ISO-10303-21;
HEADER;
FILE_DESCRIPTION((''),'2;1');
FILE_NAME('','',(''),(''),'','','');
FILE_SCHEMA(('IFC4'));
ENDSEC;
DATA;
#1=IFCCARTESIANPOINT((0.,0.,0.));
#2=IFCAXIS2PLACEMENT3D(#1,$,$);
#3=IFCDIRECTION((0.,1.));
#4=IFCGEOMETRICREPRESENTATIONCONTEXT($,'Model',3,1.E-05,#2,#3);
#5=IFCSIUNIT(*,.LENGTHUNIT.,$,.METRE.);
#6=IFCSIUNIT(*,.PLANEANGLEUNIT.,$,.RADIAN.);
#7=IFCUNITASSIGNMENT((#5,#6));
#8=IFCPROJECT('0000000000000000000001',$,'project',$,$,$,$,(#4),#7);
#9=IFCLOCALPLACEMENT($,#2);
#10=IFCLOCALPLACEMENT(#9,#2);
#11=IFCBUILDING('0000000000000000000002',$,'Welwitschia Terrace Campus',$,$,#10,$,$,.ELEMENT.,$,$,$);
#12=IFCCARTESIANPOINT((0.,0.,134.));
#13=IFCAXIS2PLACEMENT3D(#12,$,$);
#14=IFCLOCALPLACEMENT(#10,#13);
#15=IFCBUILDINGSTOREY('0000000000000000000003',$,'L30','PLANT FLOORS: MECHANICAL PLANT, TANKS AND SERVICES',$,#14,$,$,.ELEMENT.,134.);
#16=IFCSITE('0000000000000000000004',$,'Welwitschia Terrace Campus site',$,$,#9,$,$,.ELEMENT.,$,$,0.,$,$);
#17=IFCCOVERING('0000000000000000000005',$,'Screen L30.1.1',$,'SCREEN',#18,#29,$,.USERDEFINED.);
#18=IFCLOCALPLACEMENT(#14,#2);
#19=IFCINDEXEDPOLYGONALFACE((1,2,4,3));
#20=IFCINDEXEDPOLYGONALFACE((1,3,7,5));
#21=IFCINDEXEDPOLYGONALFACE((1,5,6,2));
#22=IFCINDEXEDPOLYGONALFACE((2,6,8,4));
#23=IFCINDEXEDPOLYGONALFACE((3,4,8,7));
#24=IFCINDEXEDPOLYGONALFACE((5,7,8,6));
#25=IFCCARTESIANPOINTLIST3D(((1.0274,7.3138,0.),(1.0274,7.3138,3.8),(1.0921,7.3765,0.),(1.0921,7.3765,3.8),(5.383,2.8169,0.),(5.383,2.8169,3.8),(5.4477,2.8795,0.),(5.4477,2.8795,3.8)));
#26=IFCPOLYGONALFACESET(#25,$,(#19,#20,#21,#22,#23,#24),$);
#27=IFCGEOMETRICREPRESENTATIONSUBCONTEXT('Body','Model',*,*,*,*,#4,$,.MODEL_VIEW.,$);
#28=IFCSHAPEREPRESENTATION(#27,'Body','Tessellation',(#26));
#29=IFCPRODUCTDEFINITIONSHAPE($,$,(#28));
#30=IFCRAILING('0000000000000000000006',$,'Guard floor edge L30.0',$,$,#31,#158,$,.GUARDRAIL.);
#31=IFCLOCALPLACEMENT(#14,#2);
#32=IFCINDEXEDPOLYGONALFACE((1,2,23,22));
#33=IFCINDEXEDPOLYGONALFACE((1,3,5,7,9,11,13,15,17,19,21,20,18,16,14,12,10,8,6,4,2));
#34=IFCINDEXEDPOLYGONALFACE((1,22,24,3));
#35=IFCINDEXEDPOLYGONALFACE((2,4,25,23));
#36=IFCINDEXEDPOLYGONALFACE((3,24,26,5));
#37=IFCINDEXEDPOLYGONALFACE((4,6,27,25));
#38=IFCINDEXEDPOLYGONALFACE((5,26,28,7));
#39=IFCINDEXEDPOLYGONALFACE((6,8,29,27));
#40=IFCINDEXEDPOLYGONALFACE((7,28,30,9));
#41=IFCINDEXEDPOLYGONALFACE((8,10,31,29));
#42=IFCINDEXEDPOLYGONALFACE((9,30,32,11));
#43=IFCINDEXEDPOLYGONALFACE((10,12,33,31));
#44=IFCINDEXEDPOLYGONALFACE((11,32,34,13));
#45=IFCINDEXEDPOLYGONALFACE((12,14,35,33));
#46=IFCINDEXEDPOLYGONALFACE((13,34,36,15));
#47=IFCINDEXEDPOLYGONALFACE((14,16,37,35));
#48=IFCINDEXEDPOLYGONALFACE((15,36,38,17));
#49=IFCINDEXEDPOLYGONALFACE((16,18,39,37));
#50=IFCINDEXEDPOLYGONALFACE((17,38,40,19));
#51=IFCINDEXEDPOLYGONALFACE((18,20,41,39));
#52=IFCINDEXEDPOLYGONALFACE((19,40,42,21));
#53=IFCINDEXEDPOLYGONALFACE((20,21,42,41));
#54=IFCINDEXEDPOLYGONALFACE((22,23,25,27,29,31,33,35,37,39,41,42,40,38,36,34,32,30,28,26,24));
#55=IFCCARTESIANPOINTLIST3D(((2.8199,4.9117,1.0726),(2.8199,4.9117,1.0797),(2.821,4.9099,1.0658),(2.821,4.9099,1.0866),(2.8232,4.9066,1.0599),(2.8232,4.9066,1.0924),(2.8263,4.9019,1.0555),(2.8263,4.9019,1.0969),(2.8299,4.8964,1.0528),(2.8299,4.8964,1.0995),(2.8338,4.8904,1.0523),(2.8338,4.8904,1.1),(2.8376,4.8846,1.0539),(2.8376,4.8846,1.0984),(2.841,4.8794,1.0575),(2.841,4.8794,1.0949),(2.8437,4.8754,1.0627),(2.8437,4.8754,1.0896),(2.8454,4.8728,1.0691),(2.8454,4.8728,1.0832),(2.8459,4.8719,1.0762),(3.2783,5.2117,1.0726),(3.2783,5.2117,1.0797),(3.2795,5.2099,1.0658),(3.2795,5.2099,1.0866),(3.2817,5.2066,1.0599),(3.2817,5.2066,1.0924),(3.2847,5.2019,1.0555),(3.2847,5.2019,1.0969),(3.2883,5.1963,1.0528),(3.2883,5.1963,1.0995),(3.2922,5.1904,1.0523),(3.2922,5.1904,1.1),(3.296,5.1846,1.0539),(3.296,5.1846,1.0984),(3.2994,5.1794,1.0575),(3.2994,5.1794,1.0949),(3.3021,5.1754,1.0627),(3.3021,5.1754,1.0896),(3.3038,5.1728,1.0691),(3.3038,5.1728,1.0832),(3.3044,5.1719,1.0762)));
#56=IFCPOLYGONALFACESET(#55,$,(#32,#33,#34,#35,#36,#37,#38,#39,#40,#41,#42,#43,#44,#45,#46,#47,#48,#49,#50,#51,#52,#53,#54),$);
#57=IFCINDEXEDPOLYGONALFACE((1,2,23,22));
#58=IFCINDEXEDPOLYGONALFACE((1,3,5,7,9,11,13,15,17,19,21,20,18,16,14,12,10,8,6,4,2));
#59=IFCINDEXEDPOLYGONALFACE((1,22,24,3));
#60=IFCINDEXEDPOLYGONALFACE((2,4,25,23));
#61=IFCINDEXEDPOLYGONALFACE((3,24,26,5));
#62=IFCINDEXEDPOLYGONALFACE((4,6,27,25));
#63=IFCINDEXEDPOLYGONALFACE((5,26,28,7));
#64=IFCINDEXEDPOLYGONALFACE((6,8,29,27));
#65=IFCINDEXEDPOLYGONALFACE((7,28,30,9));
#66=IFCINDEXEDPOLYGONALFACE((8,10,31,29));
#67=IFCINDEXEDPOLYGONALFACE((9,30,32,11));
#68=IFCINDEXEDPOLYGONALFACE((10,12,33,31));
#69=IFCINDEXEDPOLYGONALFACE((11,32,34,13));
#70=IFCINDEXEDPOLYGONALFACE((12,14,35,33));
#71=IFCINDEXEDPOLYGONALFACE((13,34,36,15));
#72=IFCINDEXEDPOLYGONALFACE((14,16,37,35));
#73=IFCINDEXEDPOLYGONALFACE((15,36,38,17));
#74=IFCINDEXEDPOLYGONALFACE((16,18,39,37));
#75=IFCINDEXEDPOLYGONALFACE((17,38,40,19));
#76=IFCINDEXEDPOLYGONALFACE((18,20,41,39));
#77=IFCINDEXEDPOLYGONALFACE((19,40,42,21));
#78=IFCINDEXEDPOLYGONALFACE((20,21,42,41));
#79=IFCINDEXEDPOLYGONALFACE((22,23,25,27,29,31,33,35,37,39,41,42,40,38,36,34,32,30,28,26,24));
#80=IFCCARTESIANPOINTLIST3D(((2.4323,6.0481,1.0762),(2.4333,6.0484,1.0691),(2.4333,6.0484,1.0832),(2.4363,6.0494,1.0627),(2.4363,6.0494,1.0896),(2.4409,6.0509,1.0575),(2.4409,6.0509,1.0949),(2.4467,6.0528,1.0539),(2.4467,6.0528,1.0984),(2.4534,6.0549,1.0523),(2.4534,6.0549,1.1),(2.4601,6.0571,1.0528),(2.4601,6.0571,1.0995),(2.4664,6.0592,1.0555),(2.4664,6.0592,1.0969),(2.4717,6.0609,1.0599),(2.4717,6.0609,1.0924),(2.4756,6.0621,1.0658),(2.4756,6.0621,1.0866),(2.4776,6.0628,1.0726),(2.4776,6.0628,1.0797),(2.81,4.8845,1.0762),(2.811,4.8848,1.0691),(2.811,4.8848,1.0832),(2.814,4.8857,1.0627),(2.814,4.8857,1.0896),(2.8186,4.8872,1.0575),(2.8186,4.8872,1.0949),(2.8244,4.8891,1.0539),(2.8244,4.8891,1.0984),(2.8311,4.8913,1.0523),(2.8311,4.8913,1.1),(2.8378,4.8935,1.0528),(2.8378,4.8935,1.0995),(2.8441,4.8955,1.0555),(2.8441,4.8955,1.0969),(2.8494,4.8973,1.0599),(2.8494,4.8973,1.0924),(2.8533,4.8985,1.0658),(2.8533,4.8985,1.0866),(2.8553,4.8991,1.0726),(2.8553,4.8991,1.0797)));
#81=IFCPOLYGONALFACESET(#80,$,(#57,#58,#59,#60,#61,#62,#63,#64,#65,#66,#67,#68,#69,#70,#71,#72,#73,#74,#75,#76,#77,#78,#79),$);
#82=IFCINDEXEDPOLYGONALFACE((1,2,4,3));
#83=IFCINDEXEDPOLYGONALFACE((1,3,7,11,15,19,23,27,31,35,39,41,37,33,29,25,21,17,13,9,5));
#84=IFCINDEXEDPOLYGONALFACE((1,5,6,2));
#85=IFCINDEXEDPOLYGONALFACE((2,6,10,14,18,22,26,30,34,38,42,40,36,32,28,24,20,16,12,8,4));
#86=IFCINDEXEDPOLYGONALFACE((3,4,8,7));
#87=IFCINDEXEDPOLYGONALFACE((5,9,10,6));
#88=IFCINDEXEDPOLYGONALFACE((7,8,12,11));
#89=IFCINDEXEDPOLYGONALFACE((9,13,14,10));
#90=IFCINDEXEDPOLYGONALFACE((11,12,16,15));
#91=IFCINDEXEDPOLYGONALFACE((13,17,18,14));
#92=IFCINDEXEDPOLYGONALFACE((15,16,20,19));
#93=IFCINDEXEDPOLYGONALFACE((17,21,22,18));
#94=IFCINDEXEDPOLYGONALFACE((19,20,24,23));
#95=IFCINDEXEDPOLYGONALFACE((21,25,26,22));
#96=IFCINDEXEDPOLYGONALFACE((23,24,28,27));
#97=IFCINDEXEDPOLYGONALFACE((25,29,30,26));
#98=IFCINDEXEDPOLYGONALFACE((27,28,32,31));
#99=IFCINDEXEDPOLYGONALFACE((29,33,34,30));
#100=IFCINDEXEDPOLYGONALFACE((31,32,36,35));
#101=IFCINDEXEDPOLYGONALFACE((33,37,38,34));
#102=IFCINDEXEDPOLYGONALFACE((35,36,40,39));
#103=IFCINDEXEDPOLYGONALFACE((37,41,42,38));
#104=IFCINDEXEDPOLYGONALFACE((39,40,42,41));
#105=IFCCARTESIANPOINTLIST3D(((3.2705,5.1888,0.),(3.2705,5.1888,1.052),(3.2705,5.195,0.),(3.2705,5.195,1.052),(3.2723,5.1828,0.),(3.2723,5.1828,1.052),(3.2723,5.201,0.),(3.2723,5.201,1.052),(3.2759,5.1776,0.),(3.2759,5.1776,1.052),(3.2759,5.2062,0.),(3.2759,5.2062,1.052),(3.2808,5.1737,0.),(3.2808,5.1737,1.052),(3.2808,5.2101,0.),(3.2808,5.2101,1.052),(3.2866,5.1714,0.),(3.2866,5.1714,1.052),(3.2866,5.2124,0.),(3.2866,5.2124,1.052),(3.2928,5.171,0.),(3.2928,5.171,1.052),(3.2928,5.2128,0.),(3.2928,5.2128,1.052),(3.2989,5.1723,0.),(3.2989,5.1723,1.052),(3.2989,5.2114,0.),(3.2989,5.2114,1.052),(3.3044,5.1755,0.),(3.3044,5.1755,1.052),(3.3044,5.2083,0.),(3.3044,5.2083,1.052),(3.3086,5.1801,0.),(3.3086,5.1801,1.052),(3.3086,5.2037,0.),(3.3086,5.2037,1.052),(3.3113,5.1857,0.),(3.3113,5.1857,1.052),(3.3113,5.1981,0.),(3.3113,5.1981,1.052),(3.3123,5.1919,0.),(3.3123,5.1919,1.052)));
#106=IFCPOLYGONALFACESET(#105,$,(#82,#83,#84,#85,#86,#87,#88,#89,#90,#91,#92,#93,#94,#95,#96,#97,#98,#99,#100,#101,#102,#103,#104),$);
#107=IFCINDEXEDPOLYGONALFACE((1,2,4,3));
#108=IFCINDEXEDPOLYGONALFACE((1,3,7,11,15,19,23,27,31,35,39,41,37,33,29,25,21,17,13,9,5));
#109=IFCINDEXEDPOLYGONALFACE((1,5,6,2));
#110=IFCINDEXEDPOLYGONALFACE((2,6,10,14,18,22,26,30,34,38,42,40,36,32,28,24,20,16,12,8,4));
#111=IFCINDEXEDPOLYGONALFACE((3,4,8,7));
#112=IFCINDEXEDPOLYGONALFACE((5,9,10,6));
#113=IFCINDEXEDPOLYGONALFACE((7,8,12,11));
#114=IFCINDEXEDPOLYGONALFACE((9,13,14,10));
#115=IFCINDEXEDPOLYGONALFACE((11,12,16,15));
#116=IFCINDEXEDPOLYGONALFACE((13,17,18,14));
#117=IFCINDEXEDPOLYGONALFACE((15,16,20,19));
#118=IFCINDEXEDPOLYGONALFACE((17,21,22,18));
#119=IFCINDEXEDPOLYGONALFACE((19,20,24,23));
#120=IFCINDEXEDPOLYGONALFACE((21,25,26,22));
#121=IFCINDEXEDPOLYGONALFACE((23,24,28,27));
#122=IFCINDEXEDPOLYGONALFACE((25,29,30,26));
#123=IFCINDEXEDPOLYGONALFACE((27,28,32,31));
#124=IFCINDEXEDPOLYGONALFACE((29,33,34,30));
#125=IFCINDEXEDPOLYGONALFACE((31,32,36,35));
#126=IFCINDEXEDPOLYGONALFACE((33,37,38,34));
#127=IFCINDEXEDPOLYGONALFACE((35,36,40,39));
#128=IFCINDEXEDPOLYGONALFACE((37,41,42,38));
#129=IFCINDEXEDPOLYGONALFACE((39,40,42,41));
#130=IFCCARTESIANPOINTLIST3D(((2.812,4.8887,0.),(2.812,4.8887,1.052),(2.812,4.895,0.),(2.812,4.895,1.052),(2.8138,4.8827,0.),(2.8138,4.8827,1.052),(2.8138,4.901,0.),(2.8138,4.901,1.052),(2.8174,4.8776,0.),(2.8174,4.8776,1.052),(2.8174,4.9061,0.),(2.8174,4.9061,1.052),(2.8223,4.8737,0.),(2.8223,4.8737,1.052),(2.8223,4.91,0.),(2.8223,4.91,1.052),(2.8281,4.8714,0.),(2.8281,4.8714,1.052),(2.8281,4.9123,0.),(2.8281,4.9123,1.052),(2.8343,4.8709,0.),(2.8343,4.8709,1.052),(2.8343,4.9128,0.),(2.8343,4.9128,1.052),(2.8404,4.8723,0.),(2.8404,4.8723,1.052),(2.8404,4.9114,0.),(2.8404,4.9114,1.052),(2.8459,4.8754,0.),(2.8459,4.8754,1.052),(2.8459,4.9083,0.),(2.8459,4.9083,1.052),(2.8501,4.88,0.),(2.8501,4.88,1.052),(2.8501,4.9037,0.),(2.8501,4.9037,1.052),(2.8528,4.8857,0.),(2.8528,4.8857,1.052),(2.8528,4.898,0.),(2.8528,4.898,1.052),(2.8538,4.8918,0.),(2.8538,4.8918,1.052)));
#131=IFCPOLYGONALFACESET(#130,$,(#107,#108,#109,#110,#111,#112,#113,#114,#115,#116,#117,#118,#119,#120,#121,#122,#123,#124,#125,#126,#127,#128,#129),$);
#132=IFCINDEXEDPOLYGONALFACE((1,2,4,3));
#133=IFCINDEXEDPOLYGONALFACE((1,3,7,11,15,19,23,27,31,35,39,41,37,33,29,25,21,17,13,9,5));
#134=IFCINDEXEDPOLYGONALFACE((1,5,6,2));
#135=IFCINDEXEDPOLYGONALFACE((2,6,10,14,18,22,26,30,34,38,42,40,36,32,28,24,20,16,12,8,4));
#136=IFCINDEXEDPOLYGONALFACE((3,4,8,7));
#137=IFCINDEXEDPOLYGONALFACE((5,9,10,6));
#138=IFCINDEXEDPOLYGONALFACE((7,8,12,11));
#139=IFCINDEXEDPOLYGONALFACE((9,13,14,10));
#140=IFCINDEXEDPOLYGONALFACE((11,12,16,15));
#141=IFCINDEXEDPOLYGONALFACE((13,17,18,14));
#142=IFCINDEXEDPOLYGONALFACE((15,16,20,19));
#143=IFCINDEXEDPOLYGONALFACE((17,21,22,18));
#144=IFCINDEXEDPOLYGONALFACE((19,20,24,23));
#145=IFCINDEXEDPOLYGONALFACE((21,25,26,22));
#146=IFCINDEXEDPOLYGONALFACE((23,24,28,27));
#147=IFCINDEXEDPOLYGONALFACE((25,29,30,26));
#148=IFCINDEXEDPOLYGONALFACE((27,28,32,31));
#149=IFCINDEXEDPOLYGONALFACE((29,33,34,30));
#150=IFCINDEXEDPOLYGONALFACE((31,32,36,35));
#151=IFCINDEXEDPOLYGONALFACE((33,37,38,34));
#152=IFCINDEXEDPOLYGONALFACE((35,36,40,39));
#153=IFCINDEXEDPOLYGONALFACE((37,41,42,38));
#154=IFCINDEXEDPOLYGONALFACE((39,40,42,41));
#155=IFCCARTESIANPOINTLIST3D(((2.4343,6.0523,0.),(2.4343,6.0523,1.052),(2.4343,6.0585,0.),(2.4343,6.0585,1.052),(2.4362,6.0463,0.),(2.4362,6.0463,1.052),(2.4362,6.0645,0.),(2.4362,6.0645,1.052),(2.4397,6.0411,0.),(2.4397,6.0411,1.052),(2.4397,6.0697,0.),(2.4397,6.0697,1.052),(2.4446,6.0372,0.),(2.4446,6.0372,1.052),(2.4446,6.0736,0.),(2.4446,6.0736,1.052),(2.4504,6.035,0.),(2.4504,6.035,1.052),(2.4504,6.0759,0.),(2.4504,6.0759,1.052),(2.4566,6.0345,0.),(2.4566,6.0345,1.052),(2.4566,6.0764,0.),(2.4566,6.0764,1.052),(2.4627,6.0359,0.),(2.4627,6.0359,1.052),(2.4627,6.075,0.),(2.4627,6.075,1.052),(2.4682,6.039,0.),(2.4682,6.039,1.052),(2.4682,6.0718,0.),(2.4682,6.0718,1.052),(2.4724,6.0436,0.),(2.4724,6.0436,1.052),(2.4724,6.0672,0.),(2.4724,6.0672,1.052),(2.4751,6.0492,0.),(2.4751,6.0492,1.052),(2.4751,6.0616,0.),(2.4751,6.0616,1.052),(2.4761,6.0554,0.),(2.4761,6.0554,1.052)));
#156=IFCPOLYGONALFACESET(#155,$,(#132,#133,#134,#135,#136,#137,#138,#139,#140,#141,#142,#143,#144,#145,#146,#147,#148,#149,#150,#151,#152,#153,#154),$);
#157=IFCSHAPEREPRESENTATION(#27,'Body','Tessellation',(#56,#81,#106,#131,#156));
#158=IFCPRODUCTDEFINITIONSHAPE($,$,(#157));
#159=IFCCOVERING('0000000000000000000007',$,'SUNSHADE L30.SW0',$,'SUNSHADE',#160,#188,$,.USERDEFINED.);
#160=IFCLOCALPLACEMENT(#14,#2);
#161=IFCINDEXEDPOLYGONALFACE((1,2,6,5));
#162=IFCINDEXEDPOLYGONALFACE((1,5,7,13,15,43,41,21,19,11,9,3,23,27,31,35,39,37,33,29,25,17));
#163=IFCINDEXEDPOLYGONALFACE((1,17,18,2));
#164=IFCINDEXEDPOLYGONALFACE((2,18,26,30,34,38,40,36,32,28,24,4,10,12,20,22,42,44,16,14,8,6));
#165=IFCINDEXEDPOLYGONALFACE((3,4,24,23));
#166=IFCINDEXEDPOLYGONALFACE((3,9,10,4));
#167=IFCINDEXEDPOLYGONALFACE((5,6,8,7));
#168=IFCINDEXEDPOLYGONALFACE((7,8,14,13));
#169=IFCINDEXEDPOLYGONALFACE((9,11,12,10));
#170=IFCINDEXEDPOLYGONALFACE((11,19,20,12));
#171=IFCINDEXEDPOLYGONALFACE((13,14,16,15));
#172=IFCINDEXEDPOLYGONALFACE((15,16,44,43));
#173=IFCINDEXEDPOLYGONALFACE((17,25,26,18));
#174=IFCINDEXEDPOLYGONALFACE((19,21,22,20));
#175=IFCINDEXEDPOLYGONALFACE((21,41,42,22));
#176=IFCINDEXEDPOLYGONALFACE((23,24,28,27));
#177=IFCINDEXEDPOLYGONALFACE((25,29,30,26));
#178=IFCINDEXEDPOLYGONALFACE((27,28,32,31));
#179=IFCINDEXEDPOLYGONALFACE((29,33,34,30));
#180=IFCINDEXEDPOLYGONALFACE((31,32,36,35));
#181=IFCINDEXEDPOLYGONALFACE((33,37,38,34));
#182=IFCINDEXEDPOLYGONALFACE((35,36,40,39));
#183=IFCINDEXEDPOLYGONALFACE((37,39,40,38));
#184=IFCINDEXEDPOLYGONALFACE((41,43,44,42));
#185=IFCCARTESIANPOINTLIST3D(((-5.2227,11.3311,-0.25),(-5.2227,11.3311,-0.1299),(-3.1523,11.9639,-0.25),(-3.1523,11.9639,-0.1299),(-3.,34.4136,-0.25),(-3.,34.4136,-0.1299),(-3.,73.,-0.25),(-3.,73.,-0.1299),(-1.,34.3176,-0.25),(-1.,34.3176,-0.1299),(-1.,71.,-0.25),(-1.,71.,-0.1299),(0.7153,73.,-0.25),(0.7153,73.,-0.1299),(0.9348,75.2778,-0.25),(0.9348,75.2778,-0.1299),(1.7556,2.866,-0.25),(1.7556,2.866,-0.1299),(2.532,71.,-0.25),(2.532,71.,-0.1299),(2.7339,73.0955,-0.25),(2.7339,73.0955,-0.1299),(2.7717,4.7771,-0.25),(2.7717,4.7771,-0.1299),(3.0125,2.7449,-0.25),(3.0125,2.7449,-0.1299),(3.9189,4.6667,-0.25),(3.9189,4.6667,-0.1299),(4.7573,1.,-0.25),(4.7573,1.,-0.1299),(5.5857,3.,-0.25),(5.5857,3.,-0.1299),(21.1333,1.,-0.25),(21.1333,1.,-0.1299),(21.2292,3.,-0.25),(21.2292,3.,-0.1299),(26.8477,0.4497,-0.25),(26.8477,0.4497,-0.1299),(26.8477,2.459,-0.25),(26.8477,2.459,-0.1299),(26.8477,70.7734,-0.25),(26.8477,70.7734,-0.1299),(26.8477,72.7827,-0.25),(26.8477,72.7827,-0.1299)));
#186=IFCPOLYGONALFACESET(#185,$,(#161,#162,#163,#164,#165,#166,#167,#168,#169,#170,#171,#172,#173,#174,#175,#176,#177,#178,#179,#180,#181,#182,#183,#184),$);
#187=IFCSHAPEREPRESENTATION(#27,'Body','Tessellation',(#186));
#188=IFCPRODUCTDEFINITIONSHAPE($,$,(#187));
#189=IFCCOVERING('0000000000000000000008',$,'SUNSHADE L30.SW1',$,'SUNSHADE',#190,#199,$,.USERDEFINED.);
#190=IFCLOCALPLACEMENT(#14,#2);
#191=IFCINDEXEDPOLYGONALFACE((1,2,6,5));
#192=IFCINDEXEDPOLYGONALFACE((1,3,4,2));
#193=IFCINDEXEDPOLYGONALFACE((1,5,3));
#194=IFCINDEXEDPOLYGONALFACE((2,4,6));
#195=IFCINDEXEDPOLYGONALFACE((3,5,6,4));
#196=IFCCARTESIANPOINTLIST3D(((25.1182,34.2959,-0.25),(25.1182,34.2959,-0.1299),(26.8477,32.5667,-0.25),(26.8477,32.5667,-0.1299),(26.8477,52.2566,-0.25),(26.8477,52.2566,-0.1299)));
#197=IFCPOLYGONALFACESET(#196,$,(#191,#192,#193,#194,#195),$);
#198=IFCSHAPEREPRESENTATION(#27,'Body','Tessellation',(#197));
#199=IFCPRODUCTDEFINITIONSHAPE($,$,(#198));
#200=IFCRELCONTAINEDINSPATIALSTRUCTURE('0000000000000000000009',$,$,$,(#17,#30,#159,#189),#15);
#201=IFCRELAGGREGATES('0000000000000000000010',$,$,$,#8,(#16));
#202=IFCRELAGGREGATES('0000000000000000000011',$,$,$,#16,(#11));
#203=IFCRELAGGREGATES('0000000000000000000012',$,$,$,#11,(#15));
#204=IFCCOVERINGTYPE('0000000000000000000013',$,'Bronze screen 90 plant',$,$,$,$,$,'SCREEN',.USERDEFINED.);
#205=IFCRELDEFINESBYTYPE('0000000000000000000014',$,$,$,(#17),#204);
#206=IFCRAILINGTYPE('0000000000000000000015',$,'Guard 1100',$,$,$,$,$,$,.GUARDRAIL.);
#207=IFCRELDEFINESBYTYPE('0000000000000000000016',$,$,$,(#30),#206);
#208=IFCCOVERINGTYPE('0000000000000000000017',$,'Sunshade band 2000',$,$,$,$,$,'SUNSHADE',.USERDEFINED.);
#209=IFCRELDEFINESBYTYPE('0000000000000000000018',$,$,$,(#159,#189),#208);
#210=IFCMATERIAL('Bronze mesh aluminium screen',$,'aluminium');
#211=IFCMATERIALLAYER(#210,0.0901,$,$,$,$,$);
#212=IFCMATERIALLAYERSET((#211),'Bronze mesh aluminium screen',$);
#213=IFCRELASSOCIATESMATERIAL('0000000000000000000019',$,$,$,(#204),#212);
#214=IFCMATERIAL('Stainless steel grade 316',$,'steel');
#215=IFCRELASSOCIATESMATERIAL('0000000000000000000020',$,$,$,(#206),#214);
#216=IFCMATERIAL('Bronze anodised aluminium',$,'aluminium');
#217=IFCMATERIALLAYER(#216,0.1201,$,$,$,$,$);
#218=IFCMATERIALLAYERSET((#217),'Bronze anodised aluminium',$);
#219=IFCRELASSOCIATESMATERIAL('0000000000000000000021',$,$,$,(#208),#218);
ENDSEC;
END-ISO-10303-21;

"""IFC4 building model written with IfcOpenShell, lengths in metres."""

from ifc_helpers import new_model, si_unit, direction, frame, origin, origin_2d, place, context, subcontext, project, spatial, polyline, rectangle, circle, outline, extrude, material, layer, layer_set, type_object, element, save


model = new_model("IFC4")

# Units and contexts
model_context = context("Model", 3, precision=1e-05, world=origin(), true_north=direction((0.0, 1.0)))
body_context = subcontext(model_context, "Body", "Model", "MODEL_VIEW")
ifc_project = project(units=[si_unit("LENGTHUNIT", "METRE"), si_unit("PLANEANGLEUNIT", "RADIAN")], contexts=[model_context])

# Site, building, storey
site_placement = place(None, origin())
site = spatial("IfcSite", under=ifc_project, at=site_placement, Name="Welwitschia Terrace Campus site", CompositionType="ELEMENT", RefElevation=0.0)
building_placement = place(site_placement, origin())
building = spatial("IfcBuilding", under=site, at=building_placement, Name="Welwitschia Terrace Campus", CompositionType="ELEMENT")
storey_placement = place(building_placement, frame((0.0, 0.0, 134.0)))
storey = spatial("IfcBuildingStorey", under=building, at=storey_placement, Name="L30", Description="PLANT FLOORS: MECHANICAL PLANT, TANKS AND SERVICES", CompositionType="ELEMENT", Elevation=134.0)

# Covering
ifc_material_1 = material(Name="Bronze mesh aluminium screen", Category="aluminium")
ifc_layer_1 = layer(ifc_material_1, 0.0901)
ifc_layer_set_1 = layer_set([ifc_layer_1], Name="Bronze mesh aluminium screen")
covering_type_1 = type_object("IfcCoveringType", Name="Bronze screen 90 plant", ElementType="SCREEN", PredefinedType="USERDEFINED", material=ifc_layer_set_1)
covering_1_placement = place(storey_placement, frame((3.2375, 5.0967, 0.0), z_axis=(0.0, 0.0, 1.0), x_axis=(0.695727, -0.718306, 0.0)))
element("IfcCovering", 1, at=covering_1_placement, inside=storey, type_object=covering_type_1, Name="Screen L30.1.1", ObjectType="SCREEN", PredefinedType="USERDEFINED", context=body_context, shape_type="SweptSolid", body=[
    extrude(rectangle(XDim=6.2605, YDim=0.0901, at=origin_2d()), origin(), (0.0, 0.0, 1.0), 3.8),
])

# Railing
ifc_material_2 = material(Name="Stainless steel grade 316", Category="steel")
railing_type = type_object("IfcRailingType", Name="Guard 1100", PredefinedType="GUARDRAIL", material=ifc_material_2)
railing_placement = place(storey_placement, frame((3.2913, 5.1919, 0.0)))
element("IfcRailing", 2, at=railing_placement, inside=storey, type_object=railing_type, Name="Guard floor edge L30.0", PredefinedType="GUARDRAIL", context=body_context, shape_type="SweptSolid", body=[
    extrude(circle(Radius=0.0239, at=origin_2d()), frame((0.0, 0.0, 1.0762), z_axis=(-0.83675, -0.547585, 0.0), x_axis=(0.547585, -0.83675, 0.0)), (0.0, 0.0, 1.0), 0.5479),
    extrude(circle(Radius=0.0239, at=origin_2d()), frame((-0.4585, -0.3, 1.0762), z_axis=(-0.308734, 0.951148, 0.0), x_axis=(-0.951148, -0.308734, 0.0)), (0.0, 0.0, 1.0), 1.2234),
    extrude(circle(Radius=0.021, at=origin_2d()), origin(), (0.0, 0.0, 1.0), 1.052),
    extrude(circle(Radius=0.021, at=origin_2d()), frame((-0.4585, -0.3, 0.0)), (0.0, 0.0, 1.0), 1.052),
    extrude(circle(Radius=0.021, at=origin_2d()), frame((-0.8362, 0.8635, 0.0)), (0.0, 0.0, 1.0), 1.052),
])

# Coverings
ifc_material_3 = material(Name="Bronze anodised aluminium", Category="aluminium")
ifc_layer_2 = layer(ifc_material_3, 0.1201)
ifc_layer_set_2 = layer_set([ifc_layer_2], Name="Bronze anodised aluminium")
covering_type_2 = type_object("IfcCoveringType", Name="Sunshade band 2000", ElementType="SUNSHADE", PredefinedType="USERDEFINED", material=ifc_layer_set_2)
covering_2_placement = place(storey_placement, frame((0.0, 0.0, -0.25)))
element("IfcCovering", 3, at=covering_2_placement, inside=storey, type_object=covering_type_2, Name="SUNSHADE L30.SW0", ObjectType="SUNSHADE", PredefinedType="USERDEFINED", context=body_context, shape_type="SweptSolid", body=[
    extrude(outline(polyline([(0.7153, 73.0), (0.9348, 75.2778), (26.8477, 72.7827), (26.8477, 70.7734), (2.7339, 73.0955), (2.532, 71.0), (-1.0, 71.0), (-1.0, 34.3176), (-3.1523, 11.9639), (2.7717, 4.7771), (3.9189, 4.6667), (5.5857, 3.0), (21.2292, 3.0), (26.8477, 2.459), (26.8477, 0.4497), (21.1333, 1.0), (4.7573, 1.0), (3.0125, 2.7449), (1.7556, 2.866), (-5.2227, 11.3311), (-3.0, 34.4136), (-3.0, 73.0), (0.7153, 73.0)])), origin(), (0.0, 0.0, 1.0), 0.1201),
])
covering_3_placement = place(storey_placement, frame((0.0, 0.0, -0.25)))
element("IfcCovering", 4, at=covering_3_placement, inside=storey, type_object=covering_type_2, Name="SUNSHADE L30.SW1", ObjectType="SUNSHADE", PredefinedType="USERDEFINED", context=body_context, shape_type="SweptSolid", body=[
    extrude(outline(polyline([(25.1182, 34.2959), (26.8477, 52.2566), (26.8477, 32.5667), (25.1182, 34.2959)])), origin(), (0.0, 0.0, 1.0), 0.1201),
])

save(model, "model.ifc")
